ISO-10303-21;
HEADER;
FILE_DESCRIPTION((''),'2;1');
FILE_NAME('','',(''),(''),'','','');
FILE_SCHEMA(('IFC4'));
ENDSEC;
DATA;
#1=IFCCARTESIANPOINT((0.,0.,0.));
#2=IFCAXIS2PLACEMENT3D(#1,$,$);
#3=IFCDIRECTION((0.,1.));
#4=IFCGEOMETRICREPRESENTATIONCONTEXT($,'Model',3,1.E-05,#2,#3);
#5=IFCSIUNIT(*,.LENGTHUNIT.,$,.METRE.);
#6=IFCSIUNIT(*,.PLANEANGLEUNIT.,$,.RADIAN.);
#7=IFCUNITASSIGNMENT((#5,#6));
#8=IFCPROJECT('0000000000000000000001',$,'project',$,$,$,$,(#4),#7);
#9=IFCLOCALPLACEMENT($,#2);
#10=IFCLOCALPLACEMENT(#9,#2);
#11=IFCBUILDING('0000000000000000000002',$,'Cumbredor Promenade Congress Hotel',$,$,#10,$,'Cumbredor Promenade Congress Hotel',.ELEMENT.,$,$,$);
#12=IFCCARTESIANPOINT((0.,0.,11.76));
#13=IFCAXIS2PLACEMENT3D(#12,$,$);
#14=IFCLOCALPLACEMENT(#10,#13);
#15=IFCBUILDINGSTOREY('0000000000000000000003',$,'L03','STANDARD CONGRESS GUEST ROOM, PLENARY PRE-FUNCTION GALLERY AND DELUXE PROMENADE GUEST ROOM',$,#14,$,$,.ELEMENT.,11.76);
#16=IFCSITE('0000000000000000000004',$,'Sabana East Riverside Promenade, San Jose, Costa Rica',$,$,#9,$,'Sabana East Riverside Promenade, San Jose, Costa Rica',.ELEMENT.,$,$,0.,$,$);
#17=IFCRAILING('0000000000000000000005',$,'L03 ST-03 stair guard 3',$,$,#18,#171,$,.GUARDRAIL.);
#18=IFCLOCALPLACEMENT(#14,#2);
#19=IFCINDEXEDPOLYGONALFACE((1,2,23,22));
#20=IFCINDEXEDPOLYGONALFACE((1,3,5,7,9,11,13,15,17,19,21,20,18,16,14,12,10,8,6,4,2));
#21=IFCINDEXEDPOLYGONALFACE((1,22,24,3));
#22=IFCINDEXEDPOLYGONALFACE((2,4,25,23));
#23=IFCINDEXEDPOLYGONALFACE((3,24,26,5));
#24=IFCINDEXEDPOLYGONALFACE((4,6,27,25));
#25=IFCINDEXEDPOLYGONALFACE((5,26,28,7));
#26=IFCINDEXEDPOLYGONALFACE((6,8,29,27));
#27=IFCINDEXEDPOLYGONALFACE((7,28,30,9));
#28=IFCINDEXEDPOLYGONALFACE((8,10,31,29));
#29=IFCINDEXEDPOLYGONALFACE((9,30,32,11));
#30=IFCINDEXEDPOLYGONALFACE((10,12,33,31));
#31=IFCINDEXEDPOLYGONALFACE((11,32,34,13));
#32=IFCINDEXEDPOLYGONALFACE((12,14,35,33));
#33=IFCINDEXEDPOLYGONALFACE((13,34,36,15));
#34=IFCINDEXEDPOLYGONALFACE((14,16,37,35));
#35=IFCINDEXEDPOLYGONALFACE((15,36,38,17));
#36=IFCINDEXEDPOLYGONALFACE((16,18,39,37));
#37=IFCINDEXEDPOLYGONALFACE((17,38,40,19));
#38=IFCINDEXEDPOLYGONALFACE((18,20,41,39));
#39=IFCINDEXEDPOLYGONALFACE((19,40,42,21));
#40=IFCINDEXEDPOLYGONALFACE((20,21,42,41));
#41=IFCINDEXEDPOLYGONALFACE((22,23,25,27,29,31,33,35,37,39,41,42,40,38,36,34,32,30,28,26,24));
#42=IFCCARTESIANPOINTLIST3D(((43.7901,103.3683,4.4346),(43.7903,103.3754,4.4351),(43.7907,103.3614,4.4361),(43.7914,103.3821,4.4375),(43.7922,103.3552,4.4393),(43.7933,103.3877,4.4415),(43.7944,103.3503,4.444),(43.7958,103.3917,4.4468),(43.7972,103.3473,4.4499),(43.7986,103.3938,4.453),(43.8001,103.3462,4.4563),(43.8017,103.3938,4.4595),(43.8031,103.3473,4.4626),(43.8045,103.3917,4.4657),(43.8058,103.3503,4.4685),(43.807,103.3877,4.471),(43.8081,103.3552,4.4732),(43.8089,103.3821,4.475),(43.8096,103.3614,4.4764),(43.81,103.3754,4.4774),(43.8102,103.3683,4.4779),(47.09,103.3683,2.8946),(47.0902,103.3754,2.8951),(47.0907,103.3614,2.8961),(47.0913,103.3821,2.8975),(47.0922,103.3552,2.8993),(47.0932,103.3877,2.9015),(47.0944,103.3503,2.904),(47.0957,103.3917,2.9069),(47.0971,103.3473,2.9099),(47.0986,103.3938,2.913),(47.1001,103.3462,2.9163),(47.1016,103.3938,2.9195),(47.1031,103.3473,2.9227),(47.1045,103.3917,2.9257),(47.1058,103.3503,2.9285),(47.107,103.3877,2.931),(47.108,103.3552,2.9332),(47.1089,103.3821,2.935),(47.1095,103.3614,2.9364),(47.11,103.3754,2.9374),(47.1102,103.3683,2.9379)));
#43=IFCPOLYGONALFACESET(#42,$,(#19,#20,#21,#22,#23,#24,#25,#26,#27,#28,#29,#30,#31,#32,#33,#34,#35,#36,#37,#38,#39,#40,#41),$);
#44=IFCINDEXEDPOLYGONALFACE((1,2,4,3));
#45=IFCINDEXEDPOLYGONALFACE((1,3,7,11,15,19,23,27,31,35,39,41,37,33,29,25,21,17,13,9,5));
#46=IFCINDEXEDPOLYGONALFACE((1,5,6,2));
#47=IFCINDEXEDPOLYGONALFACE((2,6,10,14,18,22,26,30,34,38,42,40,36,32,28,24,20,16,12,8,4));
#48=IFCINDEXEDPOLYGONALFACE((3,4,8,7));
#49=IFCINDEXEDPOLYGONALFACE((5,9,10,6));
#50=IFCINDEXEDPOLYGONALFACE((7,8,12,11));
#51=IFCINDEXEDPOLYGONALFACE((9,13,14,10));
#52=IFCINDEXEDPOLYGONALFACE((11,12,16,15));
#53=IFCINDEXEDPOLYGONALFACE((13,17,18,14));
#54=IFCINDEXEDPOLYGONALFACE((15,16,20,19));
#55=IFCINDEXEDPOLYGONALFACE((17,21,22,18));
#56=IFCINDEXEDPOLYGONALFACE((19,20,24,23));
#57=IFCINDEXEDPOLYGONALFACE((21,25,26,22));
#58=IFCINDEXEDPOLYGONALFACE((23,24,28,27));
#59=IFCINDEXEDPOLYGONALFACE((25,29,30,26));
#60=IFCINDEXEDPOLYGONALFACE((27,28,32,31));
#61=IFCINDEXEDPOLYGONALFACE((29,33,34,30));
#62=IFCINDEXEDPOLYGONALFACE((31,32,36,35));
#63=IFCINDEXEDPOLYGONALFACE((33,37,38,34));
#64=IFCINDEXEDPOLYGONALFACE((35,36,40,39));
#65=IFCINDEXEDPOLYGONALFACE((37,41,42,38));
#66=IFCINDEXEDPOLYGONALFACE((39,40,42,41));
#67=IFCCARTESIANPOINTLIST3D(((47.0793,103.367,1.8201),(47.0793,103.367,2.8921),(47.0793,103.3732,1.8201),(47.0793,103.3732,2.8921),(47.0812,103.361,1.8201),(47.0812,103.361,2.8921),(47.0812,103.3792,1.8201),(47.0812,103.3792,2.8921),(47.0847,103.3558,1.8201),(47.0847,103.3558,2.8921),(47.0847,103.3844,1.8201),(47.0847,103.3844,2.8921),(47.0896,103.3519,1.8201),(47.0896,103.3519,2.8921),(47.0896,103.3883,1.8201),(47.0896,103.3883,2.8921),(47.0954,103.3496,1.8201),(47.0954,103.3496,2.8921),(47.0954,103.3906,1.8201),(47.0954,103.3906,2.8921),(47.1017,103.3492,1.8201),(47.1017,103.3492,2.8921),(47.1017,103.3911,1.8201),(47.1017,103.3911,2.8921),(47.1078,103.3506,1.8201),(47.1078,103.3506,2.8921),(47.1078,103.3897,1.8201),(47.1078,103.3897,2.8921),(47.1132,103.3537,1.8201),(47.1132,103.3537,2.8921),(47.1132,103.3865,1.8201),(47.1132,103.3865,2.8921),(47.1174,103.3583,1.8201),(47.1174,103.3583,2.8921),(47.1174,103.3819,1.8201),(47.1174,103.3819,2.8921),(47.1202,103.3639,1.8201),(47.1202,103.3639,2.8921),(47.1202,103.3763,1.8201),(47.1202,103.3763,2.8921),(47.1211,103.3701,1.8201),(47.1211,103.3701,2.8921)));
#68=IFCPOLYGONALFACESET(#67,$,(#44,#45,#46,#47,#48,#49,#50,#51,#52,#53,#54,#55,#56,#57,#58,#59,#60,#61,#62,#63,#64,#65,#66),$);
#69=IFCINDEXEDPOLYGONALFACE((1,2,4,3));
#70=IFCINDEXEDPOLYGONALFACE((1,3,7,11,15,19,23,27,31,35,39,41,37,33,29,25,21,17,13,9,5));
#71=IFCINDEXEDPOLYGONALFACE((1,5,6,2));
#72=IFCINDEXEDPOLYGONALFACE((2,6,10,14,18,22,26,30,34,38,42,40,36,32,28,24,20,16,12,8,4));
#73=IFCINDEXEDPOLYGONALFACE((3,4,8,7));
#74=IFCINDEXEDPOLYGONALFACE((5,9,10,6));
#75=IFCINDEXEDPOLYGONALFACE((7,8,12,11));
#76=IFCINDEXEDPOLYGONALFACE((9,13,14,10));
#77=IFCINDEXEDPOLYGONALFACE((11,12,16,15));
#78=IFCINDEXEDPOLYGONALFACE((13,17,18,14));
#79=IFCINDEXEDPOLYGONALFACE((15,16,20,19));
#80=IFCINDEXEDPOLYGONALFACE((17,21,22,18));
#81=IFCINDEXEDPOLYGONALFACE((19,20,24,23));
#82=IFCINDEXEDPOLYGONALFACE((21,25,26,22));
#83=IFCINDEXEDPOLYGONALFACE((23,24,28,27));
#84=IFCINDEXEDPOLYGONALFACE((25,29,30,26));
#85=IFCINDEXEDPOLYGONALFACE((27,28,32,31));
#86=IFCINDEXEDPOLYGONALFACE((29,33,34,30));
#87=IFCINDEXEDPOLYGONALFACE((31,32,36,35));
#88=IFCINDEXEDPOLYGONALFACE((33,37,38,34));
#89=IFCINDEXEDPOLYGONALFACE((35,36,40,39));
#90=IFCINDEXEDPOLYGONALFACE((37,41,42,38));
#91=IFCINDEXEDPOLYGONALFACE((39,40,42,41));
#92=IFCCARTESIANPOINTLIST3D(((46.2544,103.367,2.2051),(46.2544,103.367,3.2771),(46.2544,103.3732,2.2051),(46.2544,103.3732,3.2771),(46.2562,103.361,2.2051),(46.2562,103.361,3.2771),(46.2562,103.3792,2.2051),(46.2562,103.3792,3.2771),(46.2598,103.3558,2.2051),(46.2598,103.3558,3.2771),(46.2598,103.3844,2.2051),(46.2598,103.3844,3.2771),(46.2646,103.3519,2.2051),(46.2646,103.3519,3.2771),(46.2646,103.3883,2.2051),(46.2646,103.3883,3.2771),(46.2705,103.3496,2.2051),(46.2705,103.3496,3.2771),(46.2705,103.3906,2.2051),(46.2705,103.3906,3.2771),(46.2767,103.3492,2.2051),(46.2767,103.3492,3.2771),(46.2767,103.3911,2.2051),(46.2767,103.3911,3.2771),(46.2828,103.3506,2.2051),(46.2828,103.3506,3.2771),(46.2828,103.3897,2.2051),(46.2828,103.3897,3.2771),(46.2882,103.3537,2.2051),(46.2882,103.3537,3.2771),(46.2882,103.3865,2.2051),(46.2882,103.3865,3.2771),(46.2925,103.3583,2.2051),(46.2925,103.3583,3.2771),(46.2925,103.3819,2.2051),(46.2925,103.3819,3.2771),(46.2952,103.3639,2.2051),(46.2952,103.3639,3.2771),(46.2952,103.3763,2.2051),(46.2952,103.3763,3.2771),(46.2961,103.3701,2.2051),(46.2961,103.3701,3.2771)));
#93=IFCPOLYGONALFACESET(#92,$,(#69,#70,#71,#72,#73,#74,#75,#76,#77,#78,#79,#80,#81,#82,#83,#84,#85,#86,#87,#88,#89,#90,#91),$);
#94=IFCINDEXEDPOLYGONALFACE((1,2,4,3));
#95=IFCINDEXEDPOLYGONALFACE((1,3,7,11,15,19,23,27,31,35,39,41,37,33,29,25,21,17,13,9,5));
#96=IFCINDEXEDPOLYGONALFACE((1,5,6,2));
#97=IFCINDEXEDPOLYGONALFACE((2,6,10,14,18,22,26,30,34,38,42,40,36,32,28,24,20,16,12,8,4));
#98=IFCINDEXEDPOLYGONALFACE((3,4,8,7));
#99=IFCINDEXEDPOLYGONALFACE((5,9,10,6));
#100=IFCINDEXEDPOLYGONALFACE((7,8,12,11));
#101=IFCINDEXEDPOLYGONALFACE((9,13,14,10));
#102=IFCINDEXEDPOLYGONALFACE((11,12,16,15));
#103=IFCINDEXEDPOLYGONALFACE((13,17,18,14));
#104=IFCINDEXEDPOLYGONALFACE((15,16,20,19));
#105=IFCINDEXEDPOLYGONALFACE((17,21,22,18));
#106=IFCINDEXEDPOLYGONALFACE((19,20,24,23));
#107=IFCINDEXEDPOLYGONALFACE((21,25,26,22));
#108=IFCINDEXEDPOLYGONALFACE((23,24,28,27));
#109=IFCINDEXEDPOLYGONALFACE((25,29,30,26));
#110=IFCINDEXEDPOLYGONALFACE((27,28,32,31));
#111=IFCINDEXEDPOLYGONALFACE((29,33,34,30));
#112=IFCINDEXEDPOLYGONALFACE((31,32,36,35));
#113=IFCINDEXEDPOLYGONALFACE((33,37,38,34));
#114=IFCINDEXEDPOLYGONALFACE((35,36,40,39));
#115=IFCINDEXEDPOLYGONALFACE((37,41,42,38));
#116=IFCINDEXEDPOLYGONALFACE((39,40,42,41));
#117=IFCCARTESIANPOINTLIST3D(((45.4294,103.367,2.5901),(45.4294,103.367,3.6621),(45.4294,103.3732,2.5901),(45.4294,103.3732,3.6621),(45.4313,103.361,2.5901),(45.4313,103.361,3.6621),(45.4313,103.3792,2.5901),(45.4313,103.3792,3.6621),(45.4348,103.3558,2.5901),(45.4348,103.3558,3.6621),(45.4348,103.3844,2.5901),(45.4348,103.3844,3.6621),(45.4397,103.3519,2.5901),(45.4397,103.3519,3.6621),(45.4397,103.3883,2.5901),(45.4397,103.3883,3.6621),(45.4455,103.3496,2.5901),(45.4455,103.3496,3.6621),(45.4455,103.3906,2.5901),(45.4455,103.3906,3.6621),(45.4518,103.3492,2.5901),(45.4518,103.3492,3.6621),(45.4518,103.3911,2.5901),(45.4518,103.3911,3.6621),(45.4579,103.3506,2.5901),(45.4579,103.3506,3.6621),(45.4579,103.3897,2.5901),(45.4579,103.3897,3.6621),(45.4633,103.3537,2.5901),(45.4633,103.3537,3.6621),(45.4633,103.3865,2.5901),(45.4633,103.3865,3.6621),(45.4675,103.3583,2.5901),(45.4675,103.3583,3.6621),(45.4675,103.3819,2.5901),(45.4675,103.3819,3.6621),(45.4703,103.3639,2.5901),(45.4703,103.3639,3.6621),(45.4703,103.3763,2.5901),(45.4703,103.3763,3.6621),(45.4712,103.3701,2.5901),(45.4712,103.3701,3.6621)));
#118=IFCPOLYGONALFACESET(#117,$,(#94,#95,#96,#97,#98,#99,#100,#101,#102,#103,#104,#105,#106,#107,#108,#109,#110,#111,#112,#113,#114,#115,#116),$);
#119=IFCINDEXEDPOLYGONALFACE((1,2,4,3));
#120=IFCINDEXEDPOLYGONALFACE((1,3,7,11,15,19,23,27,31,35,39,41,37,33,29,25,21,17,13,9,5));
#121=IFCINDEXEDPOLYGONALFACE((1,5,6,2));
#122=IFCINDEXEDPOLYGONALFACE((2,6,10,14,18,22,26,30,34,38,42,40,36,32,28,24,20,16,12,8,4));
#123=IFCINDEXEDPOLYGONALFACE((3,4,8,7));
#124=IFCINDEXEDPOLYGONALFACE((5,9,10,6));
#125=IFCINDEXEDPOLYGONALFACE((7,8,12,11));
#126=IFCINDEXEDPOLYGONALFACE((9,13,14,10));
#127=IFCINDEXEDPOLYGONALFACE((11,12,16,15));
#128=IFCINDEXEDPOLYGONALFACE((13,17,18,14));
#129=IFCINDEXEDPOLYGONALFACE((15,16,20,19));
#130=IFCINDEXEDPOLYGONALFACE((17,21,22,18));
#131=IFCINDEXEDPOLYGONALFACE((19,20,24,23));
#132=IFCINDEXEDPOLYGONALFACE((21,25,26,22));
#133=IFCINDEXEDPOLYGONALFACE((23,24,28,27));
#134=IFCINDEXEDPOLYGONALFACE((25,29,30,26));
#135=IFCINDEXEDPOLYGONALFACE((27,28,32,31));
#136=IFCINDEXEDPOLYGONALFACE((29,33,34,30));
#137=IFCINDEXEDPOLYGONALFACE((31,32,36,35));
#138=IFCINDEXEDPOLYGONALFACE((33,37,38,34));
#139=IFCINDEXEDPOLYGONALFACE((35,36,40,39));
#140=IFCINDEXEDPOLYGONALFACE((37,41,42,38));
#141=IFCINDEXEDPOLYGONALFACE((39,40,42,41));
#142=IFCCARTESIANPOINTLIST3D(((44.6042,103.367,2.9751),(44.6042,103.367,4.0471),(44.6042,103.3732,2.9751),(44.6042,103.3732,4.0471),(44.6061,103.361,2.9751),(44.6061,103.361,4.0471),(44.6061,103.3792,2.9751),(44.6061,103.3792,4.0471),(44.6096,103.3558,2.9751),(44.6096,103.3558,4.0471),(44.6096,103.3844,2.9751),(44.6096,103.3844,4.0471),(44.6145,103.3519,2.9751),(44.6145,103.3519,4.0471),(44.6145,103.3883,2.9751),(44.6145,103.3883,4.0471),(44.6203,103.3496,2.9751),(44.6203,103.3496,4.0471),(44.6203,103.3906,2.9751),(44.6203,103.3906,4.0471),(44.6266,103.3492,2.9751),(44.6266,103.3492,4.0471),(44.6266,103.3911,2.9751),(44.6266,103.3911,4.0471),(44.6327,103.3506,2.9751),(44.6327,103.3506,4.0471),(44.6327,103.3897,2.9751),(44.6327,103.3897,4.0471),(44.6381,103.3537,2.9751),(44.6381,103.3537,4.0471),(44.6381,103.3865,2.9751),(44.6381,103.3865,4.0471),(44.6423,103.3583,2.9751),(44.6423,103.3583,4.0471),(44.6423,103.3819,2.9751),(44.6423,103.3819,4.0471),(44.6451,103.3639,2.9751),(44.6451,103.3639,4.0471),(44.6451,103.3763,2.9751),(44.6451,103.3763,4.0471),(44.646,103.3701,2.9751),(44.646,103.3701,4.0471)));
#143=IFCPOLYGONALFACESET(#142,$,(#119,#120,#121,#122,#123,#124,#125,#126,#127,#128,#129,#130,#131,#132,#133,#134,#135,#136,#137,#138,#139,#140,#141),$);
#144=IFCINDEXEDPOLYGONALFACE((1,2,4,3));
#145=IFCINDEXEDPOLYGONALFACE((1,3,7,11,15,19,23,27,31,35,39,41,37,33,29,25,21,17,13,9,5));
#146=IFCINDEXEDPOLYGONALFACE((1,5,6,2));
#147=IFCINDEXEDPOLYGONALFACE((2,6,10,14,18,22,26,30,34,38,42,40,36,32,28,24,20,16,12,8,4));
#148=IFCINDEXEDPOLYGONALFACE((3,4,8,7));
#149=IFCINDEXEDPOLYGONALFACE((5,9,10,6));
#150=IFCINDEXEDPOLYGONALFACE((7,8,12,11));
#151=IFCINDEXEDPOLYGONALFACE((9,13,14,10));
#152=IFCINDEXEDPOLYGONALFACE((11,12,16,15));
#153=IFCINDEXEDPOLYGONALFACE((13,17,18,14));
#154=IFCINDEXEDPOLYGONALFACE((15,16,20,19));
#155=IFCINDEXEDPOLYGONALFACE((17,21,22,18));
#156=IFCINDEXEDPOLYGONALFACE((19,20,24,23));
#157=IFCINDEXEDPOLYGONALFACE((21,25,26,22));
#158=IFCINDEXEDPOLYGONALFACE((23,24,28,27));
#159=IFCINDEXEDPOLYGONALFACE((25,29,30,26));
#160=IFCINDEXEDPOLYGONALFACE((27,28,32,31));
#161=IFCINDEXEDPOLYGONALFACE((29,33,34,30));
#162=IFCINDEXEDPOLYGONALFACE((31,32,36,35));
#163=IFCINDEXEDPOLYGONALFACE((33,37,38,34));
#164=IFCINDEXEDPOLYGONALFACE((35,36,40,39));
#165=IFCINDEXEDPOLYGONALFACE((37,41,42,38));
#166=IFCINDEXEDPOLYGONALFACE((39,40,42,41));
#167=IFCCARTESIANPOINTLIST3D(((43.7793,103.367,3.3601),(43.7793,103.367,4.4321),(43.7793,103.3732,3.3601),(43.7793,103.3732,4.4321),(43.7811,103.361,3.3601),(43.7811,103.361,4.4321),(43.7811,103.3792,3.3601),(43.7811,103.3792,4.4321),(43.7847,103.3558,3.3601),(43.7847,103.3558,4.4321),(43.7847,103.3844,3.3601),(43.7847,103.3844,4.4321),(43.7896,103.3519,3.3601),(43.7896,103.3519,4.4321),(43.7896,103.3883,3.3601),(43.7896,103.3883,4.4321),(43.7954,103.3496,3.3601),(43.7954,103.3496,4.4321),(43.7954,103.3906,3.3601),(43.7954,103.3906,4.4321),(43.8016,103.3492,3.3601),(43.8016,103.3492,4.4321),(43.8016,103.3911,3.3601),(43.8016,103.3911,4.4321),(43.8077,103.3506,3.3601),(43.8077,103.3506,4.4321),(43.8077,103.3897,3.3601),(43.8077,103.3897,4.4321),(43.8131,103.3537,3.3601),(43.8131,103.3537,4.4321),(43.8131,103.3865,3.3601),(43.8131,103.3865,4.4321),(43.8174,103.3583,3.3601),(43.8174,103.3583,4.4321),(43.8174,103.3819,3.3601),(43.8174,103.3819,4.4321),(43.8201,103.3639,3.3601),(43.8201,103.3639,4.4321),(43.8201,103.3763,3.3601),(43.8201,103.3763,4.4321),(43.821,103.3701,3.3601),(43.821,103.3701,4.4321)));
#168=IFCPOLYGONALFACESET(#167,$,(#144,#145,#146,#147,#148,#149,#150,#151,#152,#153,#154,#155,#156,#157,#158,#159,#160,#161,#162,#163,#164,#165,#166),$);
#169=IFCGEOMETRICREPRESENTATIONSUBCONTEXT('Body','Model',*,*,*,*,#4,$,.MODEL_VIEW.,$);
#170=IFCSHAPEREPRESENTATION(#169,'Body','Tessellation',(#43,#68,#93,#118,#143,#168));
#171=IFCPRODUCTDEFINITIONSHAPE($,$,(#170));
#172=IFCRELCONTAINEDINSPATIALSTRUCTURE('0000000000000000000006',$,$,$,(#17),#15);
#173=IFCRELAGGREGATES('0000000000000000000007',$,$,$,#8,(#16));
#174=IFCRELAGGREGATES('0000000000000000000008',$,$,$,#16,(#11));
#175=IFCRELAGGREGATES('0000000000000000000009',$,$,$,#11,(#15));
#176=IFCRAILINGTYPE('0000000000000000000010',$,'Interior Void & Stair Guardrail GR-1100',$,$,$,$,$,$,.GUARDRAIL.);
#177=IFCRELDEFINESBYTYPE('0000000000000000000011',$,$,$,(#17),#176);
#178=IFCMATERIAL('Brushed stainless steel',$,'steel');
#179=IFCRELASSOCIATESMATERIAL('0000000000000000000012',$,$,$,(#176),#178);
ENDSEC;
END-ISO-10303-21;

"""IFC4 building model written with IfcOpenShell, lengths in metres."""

from ifc_helpers import new_model, si_unit, direction, frame, origin, origin_2d, place, context, subcontext, project, spatial, circle, extrude, material, type_object, element, save


model = new_model("IFC4")

# Units and contexts
model_context = context("Model", 3, precision=1e-05, world=origin(), true_north=direction((0.0, 1.0)))
body_context = subcontext(model_context, "Body", "Model", "MODEL_VIEW")
ifc_project = project(units=[si_unit("LENGTHUNIT", "METRE"), si_unit("PLANEANGLEUNIT", "RADIAN")], contexts=[model_context])

# Site, building, storey
site_placement = place(None, origin())
site = spatial("IfcSite", under=ifc_project, at=site_placement, Name="Sabana East Riverside Promenade, San Jose, Costa Rica", LongName="Sabana East Riverside Promenade, San Jose, Costa Rica", CompositionType="ELEMENT", RefElevation=0.0)
building_placement = place(site_placement, origin())
building = spatial("IfcBuilding", under=site, at=building_placement, Name="Cumbredor Promenade Congress Hotel", LongName="Cumbredor Promenade Congress Hotel", CompositionType="ELEMENT")
storey_placement = place(building_placement, frame((0.0, 0.0, 11.76)))
storey = spatial("IfcBuildingStorey", under=building, at=storey_placement, Name="L03", Description="STANDARD CONGRESS GUEST ROOM, PLENARY PRE-FUNCTION GALLERY AND DELUXE PROMENADE GUEST ROOM", CompositionType="ELEMENT", Elevation=11.76)

# Railing
ifc_material_1 = material(Name="Brushed stainless steel", Category="steel")
railing_type_1 = type_object("IfcRailingType", Name="Interior Void & Stair Guardrail GR-1100", PredefinedType="GUARDRAIL", material=ifc_material_1)
railing_1_placement = place(storey_placement, frame((47.1001, 103.3701, 1.8201)))
element("IfcRailing", 1, at=railing_1_placement, inside=storey, type_object=railing_type_1, Name="L03 ST-03 stair guard 3", PredefinedType="GUARDRAIL", context=body_context, shape_type="SweptSolid", body=[
    extrude(circle(Radius=0.0239, at=origin_2d()), frame((0.0, 0.0, 1.0962), z_axis=(-0.906181, 0.0, 0.422889), x_axis=(0.0, -1.0, 0.0)), (0.0, 0.0, 1.0), 3.6416),
    extrude(circle(Radius=0.021, at=origin_2d()), origin(), (0.0, 0.0, 1.0), 1.072),
    extrude(circle(Radius=0.021, at=origin_2d()), frame((-0.825, 0.0, 0.385)), (0.0, 0.0, 1.0), 1.072),
    extrude(circle(Radius=0.021, at=origin_2d()), frame((-1.6499, 0.0, 0.77)), (0.0, 0.0, 1.0), 1.072),
    extrude(circle(Radius=0.021, at=origin_2d()), frame((-2.4751, 0.0, 1.155)), (0.0, 0.0, 1.0), 1.072),
    extrude(circle(Radius=0.021, at=origin_2d()), frame((-3.3, 0.0, 1.54)), (0.0, 0.0, 1.0), 1.072),
])

save(model, "model.ifc")
